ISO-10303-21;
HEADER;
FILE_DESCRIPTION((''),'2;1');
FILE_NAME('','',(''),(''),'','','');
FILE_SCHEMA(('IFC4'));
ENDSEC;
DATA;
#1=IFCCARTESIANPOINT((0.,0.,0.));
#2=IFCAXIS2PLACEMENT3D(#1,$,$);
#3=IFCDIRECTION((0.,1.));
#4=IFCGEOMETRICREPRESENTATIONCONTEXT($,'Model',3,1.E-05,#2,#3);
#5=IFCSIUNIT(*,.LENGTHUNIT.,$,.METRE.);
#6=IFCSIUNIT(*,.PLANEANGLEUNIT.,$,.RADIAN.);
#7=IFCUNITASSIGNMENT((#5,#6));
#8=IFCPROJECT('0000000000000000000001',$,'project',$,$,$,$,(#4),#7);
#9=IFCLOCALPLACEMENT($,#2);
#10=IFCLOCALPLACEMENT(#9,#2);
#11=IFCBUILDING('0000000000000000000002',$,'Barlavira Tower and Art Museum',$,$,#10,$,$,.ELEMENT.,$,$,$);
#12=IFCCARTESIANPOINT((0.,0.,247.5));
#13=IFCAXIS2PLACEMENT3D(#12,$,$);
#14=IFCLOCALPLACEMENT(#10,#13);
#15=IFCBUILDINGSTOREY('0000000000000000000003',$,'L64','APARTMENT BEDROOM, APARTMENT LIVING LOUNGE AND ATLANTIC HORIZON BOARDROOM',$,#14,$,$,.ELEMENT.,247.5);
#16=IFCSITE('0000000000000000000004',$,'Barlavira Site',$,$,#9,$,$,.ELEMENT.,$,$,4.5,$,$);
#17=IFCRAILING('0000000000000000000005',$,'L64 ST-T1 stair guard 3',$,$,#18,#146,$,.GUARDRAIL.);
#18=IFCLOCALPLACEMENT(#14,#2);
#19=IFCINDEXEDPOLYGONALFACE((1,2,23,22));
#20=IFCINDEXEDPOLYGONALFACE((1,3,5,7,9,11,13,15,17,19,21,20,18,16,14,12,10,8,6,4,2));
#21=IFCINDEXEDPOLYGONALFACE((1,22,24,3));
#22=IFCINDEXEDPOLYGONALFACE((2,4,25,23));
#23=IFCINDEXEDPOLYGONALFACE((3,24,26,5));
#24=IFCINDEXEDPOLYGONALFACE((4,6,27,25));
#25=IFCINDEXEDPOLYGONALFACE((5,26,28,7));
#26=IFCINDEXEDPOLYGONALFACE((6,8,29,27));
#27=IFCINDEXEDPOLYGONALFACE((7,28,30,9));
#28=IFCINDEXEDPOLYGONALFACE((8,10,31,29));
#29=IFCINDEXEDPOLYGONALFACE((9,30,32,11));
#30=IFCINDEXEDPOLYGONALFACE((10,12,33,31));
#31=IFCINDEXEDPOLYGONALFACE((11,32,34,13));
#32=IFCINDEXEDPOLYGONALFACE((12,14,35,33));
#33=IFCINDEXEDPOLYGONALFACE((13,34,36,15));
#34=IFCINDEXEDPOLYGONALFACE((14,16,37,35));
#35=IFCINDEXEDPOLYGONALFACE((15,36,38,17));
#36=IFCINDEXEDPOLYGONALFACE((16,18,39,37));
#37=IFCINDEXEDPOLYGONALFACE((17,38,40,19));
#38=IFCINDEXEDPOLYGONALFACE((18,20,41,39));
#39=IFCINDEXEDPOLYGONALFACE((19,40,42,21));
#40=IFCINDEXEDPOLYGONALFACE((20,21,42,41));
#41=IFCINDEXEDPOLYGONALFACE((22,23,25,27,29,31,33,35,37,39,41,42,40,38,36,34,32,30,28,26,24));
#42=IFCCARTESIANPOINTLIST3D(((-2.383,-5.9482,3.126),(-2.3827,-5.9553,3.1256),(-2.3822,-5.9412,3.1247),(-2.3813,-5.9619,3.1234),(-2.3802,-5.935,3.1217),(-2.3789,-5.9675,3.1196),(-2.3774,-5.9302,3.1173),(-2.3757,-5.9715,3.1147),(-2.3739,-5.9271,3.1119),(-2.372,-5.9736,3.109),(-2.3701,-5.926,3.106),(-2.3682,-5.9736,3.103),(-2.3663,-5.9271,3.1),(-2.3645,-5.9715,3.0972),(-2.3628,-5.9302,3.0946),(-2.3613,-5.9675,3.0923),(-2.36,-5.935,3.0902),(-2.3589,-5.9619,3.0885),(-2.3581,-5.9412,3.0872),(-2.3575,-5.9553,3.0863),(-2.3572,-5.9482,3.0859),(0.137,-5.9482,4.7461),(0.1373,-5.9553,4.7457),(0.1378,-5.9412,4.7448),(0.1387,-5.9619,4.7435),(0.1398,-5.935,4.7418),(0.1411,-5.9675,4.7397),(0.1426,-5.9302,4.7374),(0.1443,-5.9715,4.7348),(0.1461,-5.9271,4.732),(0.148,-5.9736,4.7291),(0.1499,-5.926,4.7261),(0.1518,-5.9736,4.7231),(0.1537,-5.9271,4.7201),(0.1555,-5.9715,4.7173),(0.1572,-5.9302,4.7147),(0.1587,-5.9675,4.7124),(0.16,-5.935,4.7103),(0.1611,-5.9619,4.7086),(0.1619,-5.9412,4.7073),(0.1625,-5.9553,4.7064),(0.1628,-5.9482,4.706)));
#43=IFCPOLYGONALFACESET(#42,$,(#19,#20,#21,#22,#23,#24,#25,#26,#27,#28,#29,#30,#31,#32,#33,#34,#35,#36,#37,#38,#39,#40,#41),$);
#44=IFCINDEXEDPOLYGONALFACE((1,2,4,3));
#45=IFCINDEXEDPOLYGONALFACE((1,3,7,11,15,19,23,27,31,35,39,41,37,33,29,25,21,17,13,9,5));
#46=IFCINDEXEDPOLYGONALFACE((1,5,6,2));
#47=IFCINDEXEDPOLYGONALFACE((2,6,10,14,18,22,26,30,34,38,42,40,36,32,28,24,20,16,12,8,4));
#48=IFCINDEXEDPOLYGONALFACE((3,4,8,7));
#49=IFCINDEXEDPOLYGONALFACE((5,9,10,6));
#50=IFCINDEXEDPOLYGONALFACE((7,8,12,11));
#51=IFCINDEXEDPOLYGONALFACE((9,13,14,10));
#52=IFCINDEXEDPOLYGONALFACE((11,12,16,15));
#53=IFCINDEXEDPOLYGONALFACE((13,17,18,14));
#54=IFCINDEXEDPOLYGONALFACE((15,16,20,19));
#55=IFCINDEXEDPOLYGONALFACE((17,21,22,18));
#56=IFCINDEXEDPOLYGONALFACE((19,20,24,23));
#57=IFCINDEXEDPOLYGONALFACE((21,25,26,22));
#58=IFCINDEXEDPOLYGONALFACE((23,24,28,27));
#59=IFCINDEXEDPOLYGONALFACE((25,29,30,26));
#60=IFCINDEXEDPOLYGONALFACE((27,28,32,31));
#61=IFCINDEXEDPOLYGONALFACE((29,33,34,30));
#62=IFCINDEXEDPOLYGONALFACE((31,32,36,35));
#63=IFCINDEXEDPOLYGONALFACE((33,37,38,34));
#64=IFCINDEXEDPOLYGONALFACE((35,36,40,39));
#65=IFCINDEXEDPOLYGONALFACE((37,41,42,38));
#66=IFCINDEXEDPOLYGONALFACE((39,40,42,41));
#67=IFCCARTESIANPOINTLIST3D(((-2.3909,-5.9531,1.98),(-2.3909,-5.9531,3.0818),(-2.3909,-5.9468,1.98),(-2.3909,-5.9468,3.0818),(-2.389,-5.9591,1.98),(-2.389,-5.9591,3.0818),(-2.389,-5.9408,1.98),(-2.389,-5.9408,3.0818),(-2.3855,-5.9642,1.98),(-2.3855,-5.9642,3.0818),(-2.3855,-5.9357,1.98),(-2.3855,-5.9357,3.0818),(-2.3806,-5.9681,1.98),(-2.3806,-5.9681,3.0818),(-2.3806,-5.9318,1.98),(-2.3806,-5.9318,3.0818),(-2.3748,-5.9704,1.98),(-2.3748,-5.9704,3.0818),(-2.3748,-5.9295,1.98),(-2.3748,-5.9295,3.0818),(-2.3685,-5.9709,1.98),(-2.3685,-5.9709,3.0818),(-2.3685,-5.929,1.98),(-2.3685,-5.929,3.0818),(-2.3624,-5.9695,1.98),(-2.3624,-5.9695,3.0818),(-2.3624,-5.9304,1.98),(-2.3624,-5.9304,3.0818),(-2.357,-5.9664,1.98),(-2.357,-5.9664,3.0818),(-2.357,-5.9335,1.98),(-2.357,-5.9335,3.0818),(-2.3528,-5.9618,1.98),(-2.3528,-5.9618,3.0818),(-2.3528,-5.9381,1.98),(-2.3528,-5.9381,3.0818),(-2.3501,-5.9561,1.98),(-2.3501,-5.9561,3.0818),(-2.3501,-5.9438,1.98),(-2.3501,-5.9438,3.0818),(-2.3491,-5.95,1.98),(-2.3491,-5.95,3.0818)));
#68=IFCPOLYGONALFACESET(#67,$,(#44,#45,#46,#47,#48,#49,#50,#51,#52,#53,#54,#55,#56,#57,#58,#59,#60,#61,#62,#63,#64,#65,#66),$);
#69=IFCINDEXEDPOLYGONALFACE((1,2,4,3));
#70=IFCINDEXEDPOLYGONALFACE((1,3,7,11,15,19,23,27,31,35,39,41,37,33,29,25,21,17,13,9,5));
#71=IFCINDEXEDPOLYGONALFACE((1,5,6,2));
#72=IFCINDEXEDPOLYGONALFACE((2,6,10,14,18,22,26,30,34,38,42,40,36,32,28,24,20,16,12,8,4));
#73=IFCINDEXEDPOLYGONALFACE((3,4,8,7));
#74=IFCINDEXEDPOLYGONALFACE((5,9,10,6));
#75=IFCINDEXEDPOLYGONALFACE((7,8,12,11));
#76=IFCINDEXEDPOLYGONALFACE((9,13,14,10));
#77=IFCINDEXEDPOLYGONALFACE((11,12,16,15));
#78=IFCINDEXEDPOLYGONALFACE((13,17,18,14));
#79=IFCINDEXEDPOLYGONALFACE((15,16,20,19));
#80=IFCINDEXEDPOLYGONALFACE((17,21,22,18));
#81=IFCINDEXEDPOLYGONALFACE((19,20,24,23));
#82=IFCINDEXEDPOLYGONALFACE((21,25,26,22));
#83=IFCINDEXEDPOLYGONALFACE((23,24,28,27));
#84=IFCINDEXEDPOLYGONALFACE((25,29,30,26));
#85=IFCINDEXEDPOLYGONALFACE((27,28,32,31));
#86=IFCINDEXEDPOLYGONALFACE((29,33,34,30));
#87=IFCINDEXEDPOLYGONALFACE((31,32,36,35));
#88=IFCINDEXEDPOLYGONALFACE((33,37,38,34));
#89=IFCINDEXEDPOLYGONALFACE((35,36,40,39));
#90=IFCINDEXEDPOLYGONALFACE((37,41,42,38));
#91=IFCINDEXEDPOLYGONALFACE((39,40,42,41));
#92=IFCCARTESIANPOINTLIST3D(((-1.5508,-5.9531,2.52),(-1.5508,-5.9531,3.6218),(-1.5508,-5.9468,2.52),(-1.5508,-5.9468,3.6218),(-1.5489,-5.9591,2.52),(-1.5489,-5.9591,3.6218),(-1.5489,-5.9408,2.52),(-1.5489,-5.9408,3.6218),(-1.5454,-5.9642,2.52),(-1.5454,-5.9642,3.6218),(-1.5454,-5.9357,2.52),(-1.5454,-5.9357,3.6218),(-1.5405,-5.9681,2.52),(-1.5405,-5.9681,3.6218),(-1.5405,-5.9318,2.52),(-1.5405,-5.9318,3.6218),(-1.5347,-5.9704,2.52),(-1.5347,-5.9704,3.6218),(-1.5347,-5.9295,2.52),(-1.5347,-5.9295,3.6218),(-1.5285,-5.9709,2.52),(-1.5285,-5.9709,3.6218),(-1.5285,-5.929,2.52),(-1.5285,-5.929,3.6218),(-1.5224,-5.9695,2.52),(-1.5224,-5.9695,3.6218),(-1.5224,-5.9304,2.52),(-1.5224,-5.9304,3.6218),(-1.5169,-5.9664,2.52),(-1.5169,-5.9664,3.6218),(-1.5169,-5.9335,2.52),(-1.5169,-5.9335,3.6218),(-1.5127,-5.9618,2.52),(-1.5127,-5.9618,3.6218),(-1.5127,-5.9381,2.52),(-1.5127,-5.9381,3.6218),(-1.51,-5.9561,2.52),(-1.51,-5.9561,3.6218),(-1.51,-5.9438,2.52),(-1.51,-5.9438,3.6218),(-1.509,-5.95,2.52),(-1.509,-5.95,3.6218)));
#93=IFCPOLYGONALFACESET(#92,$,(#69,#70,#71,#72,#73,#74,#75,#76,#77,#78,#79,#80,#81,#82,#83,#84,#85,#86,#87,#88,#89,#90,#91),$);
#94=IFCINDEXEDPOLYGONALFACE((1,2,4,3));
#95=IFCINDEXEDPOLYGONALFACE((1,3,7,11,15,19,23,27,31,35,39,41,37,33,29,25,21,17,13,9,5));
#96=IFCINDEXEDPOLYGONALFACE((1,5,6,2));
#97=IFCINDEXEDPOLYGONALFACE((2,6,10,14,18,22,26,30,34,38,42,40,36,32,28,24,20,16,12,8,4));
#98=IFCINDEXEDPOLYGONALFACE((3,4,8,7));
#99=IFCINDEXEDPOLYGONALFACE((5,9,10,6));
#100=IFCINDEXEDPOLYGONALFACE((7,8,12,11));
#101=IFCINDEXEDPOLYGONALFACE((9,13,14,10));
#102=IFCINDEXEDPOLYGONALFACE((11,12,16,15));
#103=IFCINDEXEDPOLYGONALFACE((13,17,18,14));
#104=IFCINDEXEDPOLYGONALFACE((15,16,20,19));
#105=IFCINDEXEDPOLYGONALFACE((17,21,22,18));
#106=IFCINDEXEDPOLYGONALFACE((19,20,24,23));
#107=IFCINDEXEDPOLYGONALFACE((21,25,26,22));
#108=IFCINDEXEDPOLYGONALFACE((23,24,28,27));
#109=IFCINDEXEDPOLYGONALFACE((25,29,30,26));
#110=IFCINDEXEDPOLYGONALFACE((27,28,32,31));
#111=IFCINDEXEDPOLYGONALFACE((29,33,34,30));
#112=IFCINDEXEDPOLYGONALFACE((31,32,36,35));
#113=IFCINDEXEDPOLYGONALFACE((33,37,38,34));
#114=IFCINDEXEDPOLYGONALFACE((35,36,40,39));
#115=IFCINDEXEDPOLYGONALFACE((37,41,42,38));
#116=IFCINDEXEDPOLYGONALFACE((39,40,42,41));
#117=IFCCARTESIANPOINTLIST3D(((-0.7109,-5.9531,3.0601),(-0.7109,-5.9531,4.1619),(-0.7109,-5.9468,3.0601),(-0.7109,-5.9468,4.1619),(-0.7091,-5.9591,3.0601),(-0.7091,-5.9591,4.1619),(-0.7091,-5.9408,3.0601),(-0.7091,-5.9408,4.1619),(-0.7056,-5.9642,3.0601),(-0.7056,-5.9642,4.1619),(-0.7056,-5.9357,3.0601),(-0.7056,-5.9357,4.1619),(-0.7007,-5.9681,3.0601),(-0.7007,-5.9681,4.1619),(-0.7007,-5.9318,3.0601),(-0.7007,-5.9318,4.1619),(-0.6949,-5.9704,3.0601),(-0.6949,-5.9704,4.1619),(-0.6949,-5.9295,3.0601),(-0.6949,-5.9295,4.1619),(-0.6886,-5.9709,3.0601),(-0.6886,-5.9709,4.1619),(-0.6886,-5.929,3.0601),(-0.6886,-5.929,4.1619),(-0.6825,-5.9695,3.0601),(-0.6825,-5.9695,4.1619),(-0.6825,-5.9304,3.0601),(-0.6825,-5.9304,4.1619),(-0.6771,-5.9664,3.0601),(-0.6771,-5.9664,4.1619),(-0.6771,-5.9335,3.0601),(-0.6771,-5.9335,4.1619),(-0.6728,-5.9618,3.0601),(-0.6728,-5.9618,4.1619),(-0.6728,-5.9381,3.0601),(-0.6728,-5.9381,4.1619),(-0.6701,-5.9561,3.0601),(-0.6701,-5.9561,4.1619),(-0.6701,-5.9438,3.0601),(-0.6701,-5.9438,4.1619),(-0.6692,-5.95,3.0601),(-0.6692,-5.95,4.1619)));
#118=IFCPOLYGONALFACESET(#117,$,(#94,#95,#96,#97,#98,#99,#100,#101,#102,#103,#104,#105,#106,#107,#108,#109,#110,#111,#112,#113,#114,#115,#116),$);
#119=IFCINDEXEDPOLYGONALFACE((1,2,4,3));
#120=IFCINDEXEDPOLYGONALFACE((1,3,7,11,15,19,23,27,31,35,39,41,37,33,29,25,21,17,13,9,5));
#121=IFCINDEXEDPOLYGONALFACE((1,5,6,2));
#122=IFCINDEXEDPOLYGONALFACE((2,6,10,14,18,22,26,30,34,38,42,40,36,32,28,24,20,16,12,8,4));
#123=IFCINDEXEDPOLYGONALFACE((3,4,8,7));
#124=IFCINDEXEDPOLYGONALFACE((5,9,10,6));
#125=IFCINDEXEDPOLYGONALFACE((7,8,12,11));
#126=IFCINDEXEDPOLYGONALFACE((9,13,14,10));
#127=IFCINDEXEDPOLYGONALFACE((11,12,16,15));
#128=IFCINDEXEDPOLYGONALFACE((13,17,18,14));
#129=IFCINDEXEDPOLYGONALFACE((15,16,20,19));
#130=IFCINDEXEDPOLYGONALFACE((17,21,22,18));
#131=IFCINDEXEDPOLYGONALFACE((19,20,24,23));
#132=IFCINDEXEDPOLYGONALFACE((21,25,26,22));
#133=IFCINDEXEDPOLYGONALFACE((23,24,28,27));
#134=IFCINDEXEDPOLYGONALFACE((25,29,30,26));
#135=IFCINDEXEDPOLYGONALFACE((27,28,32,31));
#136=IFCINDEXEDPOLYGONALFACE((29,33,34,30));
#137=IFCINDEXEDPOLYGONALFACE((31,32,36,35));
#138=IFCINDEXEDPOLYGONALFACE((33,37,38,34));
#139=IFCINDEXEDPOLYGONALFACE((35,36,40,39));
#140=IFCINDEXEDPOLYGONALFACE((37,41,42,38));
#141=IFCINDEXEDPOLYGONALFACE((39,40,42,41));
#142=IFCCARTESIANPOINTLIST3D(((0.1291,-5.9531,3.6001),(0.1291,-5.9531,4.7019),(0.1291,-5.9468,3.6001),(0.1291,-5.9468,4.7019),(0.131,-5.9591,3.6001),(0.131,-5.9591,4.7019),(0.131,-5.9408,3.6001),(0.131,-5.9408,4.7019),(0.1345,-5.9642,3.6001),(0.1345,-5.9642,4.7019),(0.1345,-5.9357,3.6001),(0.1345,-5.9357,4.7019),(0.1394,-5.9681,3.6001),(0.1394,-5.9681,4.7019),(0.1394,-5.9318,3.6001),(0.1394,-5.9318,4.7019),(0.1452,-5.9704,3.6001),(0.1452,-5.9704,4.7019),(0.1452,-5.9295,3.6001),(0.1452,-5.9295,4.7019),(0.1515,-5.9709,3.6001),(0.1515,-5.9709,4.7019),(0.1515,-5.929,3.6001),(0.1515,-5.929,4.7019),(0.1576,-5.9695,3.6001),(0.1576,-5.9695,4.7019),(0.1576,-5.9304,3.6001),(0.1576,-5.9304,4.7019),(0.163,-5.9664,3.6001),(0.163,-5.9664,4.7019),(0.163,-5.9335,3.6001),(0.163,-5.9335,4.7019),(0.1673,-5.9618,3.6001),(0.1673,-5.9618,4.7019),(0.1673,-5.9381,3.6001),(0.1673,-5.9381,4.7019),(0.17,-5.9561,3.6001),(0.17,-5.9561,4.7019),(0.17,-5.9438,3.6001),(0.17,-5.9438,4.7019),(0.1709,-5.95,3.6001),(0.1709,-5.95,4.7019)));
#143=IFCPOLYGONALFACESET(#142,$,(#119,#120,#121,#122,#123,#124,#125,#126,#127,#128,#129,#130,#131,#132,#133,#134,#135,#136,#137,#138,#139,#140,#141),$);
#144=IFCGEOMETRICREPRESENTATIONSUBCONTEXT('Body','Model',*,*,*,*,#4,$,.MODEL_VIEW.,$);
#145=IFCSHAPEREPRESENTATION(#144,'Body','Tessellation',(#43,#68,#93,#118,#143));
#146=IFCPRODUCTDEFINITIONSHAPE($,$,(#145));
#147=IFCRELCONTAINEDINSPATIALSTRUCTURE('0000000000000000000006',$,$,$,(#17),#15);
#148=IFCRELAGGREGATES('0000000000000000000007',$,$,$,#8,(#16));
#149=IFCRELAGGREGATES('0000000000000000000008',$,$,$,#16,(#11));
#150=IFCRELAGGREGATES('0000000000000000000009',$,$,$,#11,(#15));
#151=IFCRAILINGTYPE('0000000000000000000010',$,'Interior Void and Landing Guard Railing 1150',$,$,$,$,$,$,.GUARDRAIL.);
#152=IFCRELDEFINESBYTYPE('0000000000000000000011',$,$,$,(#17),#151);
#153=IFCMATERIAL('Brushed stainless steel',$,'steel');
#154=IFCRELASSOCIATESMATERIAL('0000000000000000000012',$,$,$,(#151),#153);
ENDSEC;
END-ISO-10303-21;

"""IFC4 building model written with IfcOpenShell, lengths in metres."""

from ifc_helpers import new_model, si_unit, direction, frame, origin, origin_2d, place, context, subcontext, project, spatial, circle, extrude, material, type_object, element, save


model = new_model("IFC4")

# Units and contexts
model_context = context("Model", 3, precision=1e-05, world=origin(), true_north=direction((0.0, 1.0)))
body_context = subcontext(model_context, "Body", "Model", "MODEL_VIEW")
ifc_project = project(units=[si_unit("LENGTHUNIT", "METRE"), si_unit("PLANEANGLEUNIT", "RADIAN")], contexts=[model_context])

# Site, building, storey
site_placement = place(None, origin())
site = spatial("IfcSite", under=ifc_project, at=site_placement, Name="Barlavira Site", CompositionType="ELEMENT", RefElevation=4.5)
building_placement = place(site_placement, origin())
building = spatial("IfcBuilding", under=site, at=building_placement, Name="Barlavira Tower and Art Museum", CompositionType="ELEMENT")
storey_placement = place(building_placement, frame((0.0, 0.0, 247.5)))
storey = spatial("IfcBuildingStorey", under=building, at=storey_placement, Name="L64", Description="APARTMENT BEDROOM, APARTMENT LIVING LOUNGE AND ATLANTIC HORIZON BOARDROOM", CompositionType="ELEMENT", Elevation=247.5)

# Shared definitions
ifc_material_1 = material(Name="Brushed stainless steel", Category="steel")

# Railing
railing_type_1 = type_object("IfcRailingType", Name="Interior Void and Landing Guard Railing 1150", PredefinedType="GUARDRAIL", material=ifc_material_1)
railing_1_placement = place(storey_placement, frame((-2.3701, -5.95, 1.98)))
element("IfcRailing", 1, at=railing_1_placement, inside=storey, type_object=railing_type_1, Name="L64 ST-T1 stair guard 3", PredefinedType="GUARDRAIL", context=body_context, shape_type="SweptSolid", body=[
    extrude(circle(Radius=0.0239, at=origin_2d()), frame((0.0, 0.0, 1.126), z_axis=(0.841163, 0.0, 0.540782), x_axis=(0.0, 1.0, 0.0)), (0.0, 0.0, 1.0), 2.9958),
    extrude(circle(Radius=0.021, at=origin_2d()), origin(), (0.0, 0.0, 1.0), 1.1018),
    extrude(circle(Radius=0.021, at=origin_2d()), frame((0.8401, 0.0, 0.54)), (0.0, 0.0, 1.0), 1.1018),
    extrude(circle(Radius=0.021, at=origin_2d()), frame((1.6799, 0.0, 1.0801)), (0.0, 0.0, 1.0), 1.1018),
    extrude(circle(Radius=0.021, at=origin_2d()), frame((2.52, 0.0, 1.6201)), (0.0, 0.0, 1.0), 1.1018),
])

save(model, "model.ifc")
